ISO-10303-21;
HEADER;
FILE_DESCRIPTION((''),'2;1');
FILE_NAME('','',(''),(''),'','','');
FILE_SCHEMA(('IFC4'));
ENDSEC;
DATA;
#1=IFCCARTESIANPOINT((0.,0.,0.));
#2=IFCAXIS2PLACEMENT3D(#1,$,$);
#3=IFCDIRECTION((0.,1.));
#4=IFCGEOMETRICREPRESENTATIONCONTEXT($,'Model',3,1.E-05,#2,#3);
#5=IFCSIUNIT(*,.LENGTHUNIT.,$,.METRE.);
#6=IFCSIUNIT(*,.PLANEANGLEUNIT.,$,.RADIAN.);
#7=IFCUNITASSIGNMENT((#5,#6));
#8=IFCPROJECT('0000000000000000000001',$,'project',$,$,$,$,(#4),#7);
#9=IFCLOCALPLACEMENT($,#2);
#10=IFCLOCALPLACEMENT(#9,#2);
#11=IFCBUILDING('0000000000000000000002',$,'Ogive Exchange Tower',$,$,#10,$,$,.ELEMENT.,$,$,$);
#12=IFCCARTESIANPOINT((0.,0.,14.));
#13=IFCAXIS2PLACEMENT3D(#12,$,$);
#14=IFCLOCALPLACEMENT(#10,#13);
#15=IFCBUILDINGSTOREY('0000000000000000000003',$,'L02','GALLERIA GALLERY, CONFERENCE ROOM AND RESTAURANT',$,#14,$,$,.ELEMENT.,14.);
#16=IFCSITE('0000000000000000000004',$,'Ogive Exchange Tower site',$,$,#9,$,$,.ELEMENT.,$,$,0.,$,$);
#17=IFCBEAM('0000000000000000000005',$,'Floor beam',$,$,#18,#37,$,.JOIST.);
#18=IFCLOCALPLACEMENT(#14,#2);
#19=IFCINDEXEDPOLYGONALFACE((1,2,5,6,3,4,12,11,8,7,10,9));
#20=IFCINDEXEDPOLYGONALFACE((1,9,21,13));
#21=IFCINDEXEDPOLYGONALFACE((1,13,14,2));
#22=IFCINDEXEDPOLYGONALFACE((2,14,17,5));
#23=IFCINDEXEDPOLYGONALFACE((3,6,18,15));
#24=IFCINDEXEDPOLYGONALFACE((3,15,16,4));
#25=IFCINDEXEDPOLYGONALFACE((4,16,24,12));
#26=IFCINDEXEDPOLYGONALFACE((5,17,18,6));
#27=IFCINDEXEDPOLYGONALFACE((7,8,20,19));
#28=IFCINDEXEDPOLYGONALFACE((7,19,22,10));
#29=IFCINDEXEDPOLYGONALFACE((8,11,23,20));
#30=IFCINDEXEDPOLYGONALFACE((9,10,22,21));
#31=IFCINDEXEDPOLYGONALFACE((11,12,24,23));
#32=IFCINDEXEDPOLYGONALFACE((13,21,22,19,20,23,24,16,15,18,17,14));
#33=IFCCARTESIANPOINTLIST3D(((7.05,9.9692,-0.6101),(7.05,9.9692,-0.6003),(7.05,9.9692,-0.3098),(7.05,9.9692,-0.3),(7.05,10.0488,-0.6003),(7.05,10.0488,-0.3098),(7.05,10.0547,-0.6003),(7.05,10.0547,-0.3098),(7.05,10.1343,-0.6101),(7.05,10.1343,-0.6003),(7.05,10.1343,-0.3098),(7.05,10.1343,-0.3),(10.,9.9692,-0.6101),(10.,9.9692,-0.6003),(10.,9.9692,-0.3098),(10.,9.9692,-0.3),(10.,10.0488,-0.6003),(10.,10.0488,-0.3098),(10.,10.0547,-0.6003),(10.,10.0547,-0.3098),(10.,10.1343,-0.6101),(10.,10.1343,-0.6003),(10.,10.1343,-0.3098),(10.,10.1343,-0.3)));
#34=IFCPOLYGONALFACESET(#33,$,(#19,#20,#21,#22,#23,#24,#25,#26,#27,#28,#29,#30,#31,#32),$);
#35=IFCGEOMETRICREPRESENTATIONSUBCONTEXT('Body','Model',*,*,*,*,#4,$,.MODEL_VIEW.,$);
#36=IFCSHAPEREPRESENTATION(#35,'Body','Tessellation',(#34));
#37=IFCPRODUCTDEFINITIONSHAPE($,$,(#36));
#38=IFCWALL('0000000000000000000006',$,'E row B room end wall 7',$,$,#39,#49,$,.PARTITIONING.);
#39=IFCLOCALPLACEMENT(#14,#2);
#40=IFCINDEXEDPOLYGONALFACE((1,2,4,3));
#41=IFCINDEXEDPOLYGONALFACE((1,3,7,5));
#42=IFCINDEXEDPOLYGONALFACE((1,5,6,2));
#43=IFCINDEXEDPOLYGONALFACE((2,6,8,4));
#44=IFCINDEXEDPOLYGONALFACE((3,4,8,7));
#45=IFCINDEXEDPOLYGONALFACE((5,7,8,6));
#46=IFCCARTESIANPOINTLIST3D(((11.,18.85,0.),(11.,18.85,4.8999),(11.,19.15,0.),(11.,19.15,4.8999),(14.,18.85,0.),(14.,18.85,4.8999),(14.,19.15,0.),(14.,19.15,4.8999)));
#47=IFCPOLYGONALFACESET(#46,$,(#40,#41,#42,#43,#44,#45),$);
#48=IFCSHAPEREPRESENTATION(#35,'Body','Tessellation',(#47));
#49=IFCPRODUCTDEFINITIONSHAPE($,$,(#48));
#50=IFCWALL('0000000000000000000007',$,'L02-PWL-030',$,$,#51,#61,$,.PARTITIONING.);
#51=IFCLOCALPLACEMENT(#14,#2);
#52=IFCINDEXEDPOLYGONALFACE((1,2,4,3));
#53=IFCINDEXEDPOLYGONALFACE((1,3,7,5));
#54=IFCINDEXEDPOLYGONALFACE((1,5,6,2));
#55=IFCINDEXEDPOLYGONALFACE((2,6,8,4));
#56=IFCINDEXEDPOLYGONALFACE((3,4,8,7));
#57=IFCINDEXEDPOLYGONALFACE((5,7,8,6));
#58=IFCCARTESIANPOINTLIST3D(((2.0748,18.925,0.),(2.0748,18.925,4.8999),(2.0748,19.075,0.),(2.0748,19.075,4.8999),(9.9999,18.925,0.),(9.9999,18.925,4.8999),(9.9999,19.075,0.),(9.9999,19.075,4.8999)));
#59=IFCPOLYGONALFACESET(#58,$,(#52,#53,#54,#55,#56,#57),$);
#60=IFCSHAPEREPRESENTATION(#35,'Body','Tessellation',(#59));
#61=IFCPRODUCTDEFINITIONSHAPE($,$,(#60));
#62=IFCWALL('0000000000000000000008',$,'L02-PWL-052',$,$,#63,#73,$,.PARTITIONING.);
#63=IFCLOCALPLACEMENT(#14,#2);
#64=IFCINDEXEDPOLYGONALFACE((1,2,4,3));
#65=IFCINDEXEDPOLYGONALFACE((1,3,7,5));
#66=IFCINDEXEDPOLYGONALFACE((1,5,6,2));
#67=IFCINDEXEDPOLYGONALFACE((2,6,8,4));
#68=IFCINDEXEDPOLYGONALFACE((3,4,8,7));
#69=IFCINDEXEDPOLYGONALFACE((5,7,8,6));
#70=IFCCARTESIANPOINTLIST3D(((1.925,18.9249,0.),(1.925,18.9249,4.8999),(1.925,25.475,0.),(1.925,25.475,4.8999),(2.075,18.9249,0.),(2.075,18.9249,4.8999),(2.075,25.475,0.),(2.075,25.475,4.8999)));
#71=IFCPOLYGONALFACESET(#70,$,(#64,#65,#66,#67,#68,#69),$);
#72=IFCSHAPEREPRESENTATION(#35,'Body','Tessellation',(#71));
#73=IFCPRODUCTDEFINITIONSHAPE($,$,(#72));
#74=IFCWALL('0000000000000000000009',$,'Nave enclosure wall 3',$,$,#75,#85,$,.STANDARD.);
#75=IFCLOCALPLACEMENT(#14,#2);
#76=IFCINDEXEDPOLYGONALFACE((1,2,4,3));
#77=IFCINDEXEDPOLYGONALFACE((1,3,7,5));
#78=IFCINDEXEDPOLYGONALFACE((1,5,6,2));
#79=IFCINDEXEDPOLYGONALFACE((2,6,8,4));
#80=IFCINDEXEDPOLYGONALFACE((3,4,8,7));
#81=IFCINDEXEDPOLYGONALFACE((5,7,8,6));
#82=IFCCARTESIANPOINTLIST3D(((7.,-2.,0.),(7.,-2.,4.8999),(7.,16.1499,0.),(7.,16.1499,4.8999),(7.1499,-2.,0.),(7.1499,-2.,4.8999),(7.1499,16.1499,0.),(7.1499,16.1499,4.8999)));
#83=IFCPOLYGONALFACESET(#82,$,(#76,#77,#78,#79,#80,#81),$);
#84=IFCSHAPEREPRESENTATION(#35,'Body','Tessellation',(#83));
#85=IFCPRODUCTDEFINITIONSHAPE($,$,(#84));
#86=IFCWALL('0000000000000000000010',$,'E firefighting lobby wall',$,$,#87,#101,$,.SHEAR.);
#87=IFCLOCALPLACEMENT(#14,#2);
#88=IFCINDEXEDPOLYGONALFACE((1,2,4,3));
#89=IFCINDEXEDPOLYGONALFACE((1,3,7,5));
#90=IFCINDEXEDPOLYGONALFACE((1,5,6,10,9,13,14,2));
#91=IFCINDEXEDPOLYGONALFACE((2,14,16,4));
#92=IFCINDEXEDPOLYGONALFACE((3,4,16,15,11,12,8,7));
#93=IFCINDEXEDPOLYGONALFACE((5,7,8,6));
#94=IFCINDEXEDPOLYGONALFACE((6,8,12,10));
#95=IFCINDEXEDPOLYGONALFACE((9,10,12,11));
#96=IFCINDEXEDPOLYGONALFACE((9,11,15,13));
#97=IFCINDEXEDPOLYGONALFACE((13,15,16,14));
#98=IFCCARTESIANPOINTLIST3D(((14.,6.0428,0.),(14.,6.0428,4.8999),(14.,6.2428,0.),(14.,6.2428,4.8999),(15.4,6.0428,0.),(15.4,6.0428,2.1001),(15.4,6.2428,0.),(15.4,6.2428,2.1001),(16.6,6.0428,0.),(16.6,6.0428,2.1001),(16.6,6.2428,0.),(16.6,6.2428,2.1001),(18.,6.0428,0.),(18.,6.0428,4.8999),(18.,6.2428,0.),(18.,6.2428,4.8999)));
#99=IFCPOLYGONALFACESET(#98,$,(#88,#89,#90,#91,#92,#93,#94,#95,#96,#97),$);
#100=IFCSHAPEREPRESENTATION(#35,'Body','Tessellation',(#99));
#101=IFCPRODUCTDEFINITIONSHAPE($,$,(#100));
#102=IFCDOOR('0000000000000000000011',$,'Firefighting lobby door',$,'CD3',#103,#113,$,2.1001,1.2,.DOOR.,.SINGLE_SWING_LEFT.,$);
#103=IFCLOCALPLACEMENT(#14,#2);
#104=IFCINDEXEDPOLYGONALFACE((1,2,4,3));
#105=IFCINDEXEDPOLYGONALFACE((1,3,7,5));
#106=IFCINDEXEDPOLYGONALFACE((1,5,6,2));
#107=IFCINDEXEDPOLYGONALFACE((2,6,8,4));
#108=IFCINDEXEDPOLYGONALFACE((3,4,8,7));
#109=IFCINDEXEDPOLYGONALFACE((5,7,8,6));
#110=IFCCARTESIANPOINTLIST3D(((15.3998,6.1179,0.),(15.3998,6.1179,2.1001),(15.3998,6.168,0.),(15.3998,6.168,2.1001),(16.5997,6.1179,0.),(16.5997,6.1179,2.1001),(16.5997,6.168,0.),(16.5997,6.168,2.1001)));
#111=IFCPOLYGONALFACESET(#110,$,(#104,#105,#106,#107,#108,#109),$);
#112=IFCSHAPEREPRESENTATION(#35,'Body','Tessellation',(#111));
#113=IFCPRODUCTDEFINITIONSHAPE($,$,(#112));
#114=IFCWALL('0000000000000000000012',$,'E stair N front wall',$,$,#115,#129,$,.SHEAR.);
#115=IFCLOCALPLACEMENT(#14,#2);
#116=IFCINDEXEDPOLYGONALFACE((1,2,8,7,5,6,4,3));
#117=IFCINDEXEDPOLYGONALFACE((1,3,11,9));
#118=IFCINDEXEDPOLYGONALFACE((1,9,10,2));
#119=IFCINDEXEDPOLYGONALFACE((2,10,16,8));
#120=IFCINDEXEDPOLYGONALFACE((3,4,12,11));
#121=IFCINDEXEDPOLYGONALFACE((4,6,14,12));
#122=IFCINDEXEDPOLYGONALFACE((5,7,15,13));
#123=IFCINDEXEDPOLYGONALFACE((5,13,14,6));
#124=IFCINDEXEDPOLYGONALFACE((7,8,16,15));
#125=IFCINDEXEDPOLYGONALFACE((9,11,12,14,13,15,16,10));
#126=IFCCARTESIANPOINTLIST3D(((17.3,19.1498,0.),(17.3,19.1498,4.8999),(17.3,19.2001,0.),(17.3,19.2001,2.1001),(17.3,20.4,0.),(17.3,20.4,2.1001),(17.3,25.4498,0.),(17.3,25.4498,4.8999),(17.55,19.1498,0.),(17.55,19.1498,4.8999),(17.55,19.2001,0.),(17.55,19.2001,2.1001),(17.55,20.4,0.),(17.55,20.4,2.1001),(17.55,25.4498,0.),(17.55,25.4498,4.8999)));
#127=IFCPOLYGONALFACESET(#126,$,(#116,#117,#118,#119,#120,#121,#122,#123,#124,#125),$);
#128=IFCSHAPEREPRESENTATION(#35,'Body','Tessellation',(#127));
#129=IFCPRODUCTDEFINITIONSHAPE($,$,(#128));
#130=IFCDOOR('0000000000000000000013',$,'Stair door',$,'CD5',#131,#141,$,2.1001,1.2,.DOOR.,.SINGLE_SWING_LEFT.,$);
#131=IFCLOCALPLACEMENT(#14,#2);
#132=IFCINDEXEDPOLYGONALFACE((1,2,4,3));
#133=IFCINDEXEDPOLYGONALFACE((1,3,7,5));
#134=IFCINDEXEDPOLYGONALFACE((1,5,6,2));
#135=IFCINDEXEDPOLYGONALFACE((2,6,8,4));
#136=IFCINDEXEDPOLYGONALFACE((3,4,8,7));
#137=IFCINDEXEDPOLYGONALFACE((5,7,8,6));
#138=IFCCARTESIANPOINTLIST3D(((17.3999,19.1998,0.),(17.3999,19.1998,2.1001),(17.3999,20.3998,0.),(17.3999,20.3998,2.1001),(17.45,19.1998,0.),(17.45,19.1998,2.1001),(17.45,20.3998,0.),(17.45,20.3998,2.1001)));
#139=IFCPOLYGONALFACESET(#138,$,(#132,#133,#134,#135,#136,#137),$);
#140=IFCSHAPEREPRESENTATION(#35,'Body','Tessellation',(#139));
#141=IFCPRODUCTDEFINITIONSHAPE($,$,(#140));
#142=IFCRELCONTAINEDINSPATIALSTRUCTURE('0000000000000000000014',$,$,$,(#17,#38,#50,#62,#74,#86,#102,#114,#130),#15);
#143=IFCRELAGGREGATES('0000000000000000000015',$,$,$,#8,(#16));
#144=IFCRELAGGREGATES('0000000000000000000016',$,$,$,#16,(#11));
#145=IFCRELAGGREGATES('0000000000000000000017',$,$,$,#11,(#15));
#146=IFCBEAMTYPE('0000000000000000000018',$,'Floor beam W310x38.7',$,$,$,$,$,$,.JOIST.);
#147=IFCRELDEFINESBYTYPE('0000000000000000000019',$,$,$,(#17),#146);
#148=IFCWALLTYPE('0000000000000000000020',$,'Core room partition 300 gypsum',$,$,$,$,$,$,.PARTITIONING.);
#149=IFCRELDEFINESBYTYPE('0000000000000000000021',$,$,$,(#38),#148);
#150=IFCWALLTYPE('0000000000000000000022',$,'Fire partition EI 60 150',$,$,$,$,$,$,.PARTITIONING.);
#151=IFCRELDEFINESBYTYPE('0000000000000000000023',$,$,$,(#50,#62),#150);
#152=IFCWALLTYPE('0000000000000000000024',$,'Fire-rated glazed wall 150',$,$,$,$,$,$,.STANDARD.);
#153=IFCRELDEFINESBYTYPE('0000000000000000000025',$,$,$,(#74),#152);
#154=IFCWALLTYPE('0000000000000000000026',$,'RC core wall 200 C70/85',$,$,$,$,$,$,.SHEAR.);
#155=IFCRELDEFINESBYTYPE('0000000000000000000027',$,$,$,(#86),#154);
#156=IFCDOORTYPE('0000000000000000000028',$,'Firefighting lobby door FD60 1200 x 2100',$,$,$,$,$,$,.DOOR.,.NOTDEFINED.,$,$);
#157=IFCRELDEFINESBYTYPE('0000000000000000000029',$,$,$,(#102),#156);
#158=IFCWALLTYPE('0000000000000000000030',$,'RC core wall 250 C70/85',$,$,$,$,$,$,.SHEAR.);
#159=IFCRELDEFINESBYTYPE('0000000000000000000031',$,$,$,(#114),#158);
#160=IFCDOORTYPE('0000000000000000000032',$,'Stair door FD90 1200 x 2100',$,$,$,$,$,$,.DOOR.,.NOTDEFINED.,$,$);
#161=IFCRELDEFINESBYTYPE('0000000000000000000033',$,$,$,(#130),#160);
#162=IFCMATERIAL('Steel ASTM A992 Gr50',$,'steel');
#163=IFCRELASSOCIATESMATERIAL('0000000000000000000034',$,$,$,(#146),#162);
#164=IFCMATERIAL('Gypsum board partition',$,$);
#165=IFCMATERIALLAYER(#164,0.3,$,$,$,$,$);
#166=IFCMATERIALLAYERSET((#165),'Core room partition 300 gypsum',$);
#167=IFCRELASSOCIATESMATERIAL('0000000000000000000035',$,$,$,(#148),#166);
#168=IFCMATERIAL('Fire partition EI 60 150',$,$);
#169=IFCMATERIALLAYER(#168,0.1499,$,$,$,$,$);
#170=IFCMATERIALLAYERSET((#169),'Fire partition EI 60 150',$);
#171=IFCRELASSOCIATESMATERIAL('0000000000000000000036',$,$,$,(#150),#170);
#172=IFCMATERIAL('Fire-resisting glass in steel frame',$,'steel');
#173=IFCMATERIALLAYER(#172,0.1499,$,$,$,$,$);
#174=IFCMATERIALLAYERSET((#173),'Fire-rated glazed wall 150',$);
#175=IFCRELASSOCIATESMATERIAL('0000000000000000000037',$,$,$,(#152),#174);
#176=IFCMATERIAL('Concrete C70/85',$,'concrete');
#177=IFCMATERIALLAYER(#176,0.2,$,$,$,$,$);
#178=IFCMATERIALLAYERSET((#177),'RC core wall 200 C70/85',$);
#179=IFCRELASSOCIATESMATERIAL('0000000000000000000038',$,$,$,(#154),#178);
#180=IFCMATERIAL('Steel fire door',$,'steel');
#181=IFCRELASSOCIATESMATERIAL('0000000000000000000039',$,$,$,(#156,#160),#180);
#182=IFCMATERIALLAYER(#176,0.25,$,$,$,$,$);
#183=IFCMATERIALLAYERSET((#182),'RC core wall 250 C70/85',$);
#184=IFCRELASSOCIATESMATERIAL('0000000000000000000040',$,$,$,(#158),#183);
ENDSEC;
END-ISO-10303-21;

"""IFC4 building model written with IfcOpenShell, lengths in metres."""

from ifc_helpers import new_model, si_unit, direction, frame, frame_2d, origin, origin_2d, place, context, subcontext, project, spatial, rectangle, i_section, extrude, material, layer, layer_set, material_profile, profile_set, type_object, element, fill, save


model = new_model("IFC4")

# Units and contexts
model_context = context("Model", 3, precision=1e-05, world=origin(), true_north=direction((0.0, 1.0)))
body_context = subcontext(model_context, "Body", "Model", "MODEL_VIEW")
ifc_project = project(units=[si_unit("LENGTHUNIT", "METRE"), si_unit("PLANEANGLEUNIT", "RADIAN")], contexts=[model_context])

# Site, building, storey
site_placement = place(None, origin())
site = spatial("IfcSite", under=ifc_project, at=site_placement, Name="Ogive Exchange Tower site", CompositionType="ELEMENT", RefElevation=0.0)
building_placement = place(site_placement, origin())
building = spatial("IfcBuilding", under=site, at=building_placement, Name="Ogive Exchange Tower", CompositionType="ELEMENT")
storey_placement = place(building_placement, frame((0.0, 0.0, 14.0)))
storey = spatial("IfcBuildingStorey", under=building, at=storey_placement, Name="L02", Description="GALLERIA GALLERY, CONFERENCE ROOM AND RESTAURANT", CompositionType="ELEMENT", Elevation=14.0)

# Beam
ifc_material_1 = material(Name="Steel ASTM A992 Gr50", Category="steel")
ifc_material_profile = material_profile(ifc_material_1, i_section(OverallWidth=0.165, OverallDepth=0.3101, WebThickness=0.0059, FlangeThickness=0.0098, at=origin_2d()), Name="W310x38.7")
ifc_profile_set = profile_set([ifc_material_profile], Name="Steel ASTM A992 Gr50")
beam_type = type_object("IfcBeamType", Name="Floor beam W310x38.7", PredefinedType="JOIST", material=ifc_profile_set)
beam_placement = place(storey_placement, frame((7.05, 10.0518, -0.4551), z_axis=(1.0, 0.0, 0.0), x_axis=(0.0, 1.0, 0.0)))
element("IfcBeam", 1, at=beam_placement, inside=storey, type_object=beam_type, Name="Floor beam", PredefinedType="JOIST", context=body_context, shape_type="SweptSolid", body=[
    extrude(i_section(OverallWidth=0.165, OverallDepth=0.3101, WebThickness=0.0059, FlangeThickness=0.0098, at=origin_2d()), origin(), (0.0, 0.0, 1.0), 2.95),
])

# Walls
ifc_material_2 = material(Name="Gypsum board partition")
ifc_layer_1 = layer(ifc_material_2, 0.3)
ifc_layer_set_1 = layer_set([ifc_layer_1], Name="Core room partition 300 gypsum")
wall_type_1 = type_object("IfcWallType", Name="Core room partition 300 gypsum", PredefinedType="PARTITIONING", material=ifc_layer_set_1)
wall_1_placement = place(storey_placement, frame((11.0, 19.0, 0.0), z_axis=(0.0, 0.0, 1.0), x_axis=(1.0, 0.0, 0.0)))
element("IfcWall", 2, at=wall_1_placement, inside=storey, type_object=wall_type_1, Name="E row B room end wall 7", PredefinedType="PARTITIONING", context=body_context, shape_type="SweptSolid", body=[
    extrude(rectangle(XDim=3.0, YDim=0.3, at=frame_2d((1.5, 0.0))), origin(), (0.0, 0.0, 1.0), 4.8999),
])
ifc_material_3 = material(Name="Fire partition EI 60 150")
ifc_layer_2 = layer(ifc_material_3, 0.1499)
ifc_layer_set_2 = layer_set([ifc_layer_2], Name="Fire partition EI 60 150")
wall_type_2 = type_object("IfcWallType", Name="Fire partition EI 60 150", PredefinedType="PARTITIONING", material=ifc_layer_set_2)
wall_2_placement = place(storey_placement, frame((2.075, 19.0, 0.0), z_axis=(0.0, 0.0, 1.0), x_axis=(1.0, 0.0, 0.0)))
element("IfcWall", 3, at=wall_2_placement, inside=storey, type_object=wall_type_2, Name="L02-PWL-030", PredefinedType="PARTITIONING", context=body_context, shape_type="SweptSolid", body=[
    extrude(rectangle(XDim=7.925, YDim=0.1499, at=frame_2d((3.9624, 0.0))), origin(), (0.0, 0.0, 1.0), 4.8999),
])
wall_3_placement = place(storey_placement, frame((2.0, 18.925, 0.0), z_axis=(0.0, 0.0, 1.0), x_axis=(0.0, 1.0, 0.0)))
element("IfcWall", 4, at=wall_3_placement, inside=storey, type_object=wall_type_2, Name="L02-PWL-052", PredefinedType="PARTITIONING", context=body_context, shape_type="SweptSolid", body=[
    extrude(rectangle(XDim=6.55, YDim=0.1499, at=frame_2d((3.2749, 0.0))), origin(), (0.0, 0.0, 1.0), 4.8999),
])
ifc_material_4 = material(Name="Fire-resisting glass in steel frame", Category="steel")
ifc_layer_3 = layer(ifc_material_4, 0.1499)
ifc_layer_set_3 = layer_set([ifc_layer_3], Name="Fire-rated glazed wall 150")
wall_type_3 = type_object("IfcWallType", Name="Fire-rated glazed wall 150", PredefinedType="STANDARD", material=ifc_layer_set_3)
wall_4_placement = place(storey_placement, frame((7.075, 16.1499, 0.0), z_axis=(0.0, 0.0, 1.0), x_axis=(0.0, -1.0, 0.0)))
element("IfcWall", 5, at=wall_4_placement, inside=storey, type_object=wall_type_3, Name="Nave enclosure wall 3", PredefinedType="STANDARD", context=body_context, shape_type="SweptSolid", body=[
    extrude(rectangle(XDim=18.1499, YDim=0.1499, at=frame_2d((9.075, 0.0))), origin(), (0.0, 0.0, 1.0), 4.8999),
])

# Walls, openings, doors
ifc_material_5 = material(Name="Concrete C70/85", Category="concrete")
ifc_layer_4 = layer(ifc_material_5, 0.2)
ifc_layer_set_4 = layer_set([ifc_layer_4], Name="RC core wall 200 C70/85")
wall_type_4 = type_object("IfcWallType", Name="RC core wall 200 C70/85", PredefinedType="SHEAR", material=ifc_layer_set_4)
wall_5_placement = place(storey_placement, frame((14.0, 6.1428, 0.0), z_axis=(0.0, 0.0, 1.0), x_axis=(1.0, 0.0, 0.0)))
wall_5 = element("IfcWall", 6, at=wall_5_placement, inside=storey, type_object=wall_type_4, Name="E firefighting lobby wall", PredefinedType="SHEAR", context=body_context, shape_type="SweptSolid", body=[
    extrude(rectangle(XDim=4.0, YDim=0.2, at=frame_2d((2.0, 0.0))), origin(), (0.0, 0.0, 1.0), 4.8999),
])
opening_1_placement = place(wall_5_placement, frame((1.3999, 0.0, 0.0)))
opening_1 = element("IfcOpeningElement", 7, at=opening_1_placement, cuts=wall_5, PredefinedType="OPENING", context=body_context, shape_type="SweptSolid", body=[
    extrude(rectangle(XDim=1.2, YDim=2.1001, at=frame_2d((0.6001, 1.05))), frame((0.0, 0.1099, 0.0), z_axis=(0.0, -1.0, 0.0), x_axis=(1.0, 0.0, 0.0)), (0.0, 0.0, 1.0), 0.22),
])
ifc_material_6 = material(Name="Steel fire door", Category="steel")
door_type_1 = type_object("IfcDoorType", Name="Firefighting lobby door FD60 1200 x 2100", OperationType="NOTDEFINED", PredefinedType="DOOR", material=ifc_material_6)
door_1_placement = place(opening_1_placement, frame((1.2, 0.0, 0.0), z_axis=(0.0, 0.0, 1.0), x_axis=(-1.0, 0.0, 0.0)))
door_1 = element("IfcDoor", 8, at=door_1_placement, inside=storey, type_object=door_type_1, Name="Firefighting lobby door", ObjectType="CD3", OperationType="SINGLE_SWING_LEFT", OverallHeight=2.1001, OverallWidth=1.2, PredefinedType="DOOR", context=body_context, shape_type="SweptSolid", body=[
    extrude(rectangle(XDim=1.2, YDim=2.1001, at=frame_2d((0.6001, 1.05))), frame((0.0, 0.0249, 0.0), z_axis=(0.0, -1.0, 0.0), x_axis=(1.0, 0.0, 0.0)), (0.0, 0.0, 1.0), 0.05),
])
fill(opening_1, door_1)
ifc_layer_5 = layer(ifc_material_5, 0.25)
ifc_layer_set_5 = layer_set([ifc_layer_5], Name="RC core wall 250 C70/85")
wall_type_5 = type_object("IfcWallType", Name="RC core wall 250 C70/85", PredefinedType="SHEAR", material=ifc_layer_set_5)
wall_6_placement = place(storey_placement, frame((17.425, 19.1499, 0.0), z_axis=(0.0, 0.0, 1.0), x_axis=(0.0, 1.0, 0.0)))
wall_6 = element("IfcWall", 9, at=wall_6_placement, inside=storey, type_object=wall_type_5, Name="E stair N front wall", PredefinedType="SHEAR", context=body_context, shape_type="SweptSolid", body=[
    extrude(rectangle(XDim=6.3, YDim=0.25, at=frame_2d((3.1499, 0.0))), origin(), (0.0, 0.0, 1.0), 4.8999),
])
opening_2_placement = place(wall_6_placement, frame((0.05, 0.0, 0.0)))
opening_2 = element("IfcOpeningElement", 10, at=opening_2_placement, cuts=wall_6, PredefinedType="OPENING", context=body_context, shape_type="SweptSolid", body=[
    extrude(rectangle(XDim=1.2, YDim=2.1001, at=frame_2d((0.6001, 1.05))), frame((0.0, 0.135, 0.0), z_axis=(0.0, -1.0, 0.0), x_axis=(1.0, 0.0, 0.0)), (0.0, 0.0, 1.0), 0.27),
])
door_type_2 = type_object("IfcDoorType", Name="Stair door FD90 1200 x 2100", OperationType="NOTDEFINED", PredefinedType="DOOR", material=ifc_material_6)
door_2_placement = place(opening_2_placement, frame((1.2, 0.0, 0.0), z_axis=(0.0, 0.0, 1.0), x_axis=(-1.0, 0.0, 0.0)))
door_2 = element("IfcDoor", 11, at=door_2_placement, inside=storey, type_object=door_type_2, Name="Stair door", ObjectType="CD5", OperationType="SINGLE_SWING_LEFT", OverallHeight=2.1001, OverallWidth=1.2, PredefinedType="DOOR", context=body_context, shape_type="SweptSolid", body=[
    extrude(rectangle(XDim=1.2, YDim=2.1001, at=frame_2d((0.6001, 1.05))), frame((0.0, 0.0249, 0.0), z_axis=(0.0, -1.0, 0.0), x_axis=(1.0, 0.0, 0.0)), (0.0, 0.0, 1.0), 0.05),
])
fill(opening_2, door_2)

save(model, "model.ifc")
